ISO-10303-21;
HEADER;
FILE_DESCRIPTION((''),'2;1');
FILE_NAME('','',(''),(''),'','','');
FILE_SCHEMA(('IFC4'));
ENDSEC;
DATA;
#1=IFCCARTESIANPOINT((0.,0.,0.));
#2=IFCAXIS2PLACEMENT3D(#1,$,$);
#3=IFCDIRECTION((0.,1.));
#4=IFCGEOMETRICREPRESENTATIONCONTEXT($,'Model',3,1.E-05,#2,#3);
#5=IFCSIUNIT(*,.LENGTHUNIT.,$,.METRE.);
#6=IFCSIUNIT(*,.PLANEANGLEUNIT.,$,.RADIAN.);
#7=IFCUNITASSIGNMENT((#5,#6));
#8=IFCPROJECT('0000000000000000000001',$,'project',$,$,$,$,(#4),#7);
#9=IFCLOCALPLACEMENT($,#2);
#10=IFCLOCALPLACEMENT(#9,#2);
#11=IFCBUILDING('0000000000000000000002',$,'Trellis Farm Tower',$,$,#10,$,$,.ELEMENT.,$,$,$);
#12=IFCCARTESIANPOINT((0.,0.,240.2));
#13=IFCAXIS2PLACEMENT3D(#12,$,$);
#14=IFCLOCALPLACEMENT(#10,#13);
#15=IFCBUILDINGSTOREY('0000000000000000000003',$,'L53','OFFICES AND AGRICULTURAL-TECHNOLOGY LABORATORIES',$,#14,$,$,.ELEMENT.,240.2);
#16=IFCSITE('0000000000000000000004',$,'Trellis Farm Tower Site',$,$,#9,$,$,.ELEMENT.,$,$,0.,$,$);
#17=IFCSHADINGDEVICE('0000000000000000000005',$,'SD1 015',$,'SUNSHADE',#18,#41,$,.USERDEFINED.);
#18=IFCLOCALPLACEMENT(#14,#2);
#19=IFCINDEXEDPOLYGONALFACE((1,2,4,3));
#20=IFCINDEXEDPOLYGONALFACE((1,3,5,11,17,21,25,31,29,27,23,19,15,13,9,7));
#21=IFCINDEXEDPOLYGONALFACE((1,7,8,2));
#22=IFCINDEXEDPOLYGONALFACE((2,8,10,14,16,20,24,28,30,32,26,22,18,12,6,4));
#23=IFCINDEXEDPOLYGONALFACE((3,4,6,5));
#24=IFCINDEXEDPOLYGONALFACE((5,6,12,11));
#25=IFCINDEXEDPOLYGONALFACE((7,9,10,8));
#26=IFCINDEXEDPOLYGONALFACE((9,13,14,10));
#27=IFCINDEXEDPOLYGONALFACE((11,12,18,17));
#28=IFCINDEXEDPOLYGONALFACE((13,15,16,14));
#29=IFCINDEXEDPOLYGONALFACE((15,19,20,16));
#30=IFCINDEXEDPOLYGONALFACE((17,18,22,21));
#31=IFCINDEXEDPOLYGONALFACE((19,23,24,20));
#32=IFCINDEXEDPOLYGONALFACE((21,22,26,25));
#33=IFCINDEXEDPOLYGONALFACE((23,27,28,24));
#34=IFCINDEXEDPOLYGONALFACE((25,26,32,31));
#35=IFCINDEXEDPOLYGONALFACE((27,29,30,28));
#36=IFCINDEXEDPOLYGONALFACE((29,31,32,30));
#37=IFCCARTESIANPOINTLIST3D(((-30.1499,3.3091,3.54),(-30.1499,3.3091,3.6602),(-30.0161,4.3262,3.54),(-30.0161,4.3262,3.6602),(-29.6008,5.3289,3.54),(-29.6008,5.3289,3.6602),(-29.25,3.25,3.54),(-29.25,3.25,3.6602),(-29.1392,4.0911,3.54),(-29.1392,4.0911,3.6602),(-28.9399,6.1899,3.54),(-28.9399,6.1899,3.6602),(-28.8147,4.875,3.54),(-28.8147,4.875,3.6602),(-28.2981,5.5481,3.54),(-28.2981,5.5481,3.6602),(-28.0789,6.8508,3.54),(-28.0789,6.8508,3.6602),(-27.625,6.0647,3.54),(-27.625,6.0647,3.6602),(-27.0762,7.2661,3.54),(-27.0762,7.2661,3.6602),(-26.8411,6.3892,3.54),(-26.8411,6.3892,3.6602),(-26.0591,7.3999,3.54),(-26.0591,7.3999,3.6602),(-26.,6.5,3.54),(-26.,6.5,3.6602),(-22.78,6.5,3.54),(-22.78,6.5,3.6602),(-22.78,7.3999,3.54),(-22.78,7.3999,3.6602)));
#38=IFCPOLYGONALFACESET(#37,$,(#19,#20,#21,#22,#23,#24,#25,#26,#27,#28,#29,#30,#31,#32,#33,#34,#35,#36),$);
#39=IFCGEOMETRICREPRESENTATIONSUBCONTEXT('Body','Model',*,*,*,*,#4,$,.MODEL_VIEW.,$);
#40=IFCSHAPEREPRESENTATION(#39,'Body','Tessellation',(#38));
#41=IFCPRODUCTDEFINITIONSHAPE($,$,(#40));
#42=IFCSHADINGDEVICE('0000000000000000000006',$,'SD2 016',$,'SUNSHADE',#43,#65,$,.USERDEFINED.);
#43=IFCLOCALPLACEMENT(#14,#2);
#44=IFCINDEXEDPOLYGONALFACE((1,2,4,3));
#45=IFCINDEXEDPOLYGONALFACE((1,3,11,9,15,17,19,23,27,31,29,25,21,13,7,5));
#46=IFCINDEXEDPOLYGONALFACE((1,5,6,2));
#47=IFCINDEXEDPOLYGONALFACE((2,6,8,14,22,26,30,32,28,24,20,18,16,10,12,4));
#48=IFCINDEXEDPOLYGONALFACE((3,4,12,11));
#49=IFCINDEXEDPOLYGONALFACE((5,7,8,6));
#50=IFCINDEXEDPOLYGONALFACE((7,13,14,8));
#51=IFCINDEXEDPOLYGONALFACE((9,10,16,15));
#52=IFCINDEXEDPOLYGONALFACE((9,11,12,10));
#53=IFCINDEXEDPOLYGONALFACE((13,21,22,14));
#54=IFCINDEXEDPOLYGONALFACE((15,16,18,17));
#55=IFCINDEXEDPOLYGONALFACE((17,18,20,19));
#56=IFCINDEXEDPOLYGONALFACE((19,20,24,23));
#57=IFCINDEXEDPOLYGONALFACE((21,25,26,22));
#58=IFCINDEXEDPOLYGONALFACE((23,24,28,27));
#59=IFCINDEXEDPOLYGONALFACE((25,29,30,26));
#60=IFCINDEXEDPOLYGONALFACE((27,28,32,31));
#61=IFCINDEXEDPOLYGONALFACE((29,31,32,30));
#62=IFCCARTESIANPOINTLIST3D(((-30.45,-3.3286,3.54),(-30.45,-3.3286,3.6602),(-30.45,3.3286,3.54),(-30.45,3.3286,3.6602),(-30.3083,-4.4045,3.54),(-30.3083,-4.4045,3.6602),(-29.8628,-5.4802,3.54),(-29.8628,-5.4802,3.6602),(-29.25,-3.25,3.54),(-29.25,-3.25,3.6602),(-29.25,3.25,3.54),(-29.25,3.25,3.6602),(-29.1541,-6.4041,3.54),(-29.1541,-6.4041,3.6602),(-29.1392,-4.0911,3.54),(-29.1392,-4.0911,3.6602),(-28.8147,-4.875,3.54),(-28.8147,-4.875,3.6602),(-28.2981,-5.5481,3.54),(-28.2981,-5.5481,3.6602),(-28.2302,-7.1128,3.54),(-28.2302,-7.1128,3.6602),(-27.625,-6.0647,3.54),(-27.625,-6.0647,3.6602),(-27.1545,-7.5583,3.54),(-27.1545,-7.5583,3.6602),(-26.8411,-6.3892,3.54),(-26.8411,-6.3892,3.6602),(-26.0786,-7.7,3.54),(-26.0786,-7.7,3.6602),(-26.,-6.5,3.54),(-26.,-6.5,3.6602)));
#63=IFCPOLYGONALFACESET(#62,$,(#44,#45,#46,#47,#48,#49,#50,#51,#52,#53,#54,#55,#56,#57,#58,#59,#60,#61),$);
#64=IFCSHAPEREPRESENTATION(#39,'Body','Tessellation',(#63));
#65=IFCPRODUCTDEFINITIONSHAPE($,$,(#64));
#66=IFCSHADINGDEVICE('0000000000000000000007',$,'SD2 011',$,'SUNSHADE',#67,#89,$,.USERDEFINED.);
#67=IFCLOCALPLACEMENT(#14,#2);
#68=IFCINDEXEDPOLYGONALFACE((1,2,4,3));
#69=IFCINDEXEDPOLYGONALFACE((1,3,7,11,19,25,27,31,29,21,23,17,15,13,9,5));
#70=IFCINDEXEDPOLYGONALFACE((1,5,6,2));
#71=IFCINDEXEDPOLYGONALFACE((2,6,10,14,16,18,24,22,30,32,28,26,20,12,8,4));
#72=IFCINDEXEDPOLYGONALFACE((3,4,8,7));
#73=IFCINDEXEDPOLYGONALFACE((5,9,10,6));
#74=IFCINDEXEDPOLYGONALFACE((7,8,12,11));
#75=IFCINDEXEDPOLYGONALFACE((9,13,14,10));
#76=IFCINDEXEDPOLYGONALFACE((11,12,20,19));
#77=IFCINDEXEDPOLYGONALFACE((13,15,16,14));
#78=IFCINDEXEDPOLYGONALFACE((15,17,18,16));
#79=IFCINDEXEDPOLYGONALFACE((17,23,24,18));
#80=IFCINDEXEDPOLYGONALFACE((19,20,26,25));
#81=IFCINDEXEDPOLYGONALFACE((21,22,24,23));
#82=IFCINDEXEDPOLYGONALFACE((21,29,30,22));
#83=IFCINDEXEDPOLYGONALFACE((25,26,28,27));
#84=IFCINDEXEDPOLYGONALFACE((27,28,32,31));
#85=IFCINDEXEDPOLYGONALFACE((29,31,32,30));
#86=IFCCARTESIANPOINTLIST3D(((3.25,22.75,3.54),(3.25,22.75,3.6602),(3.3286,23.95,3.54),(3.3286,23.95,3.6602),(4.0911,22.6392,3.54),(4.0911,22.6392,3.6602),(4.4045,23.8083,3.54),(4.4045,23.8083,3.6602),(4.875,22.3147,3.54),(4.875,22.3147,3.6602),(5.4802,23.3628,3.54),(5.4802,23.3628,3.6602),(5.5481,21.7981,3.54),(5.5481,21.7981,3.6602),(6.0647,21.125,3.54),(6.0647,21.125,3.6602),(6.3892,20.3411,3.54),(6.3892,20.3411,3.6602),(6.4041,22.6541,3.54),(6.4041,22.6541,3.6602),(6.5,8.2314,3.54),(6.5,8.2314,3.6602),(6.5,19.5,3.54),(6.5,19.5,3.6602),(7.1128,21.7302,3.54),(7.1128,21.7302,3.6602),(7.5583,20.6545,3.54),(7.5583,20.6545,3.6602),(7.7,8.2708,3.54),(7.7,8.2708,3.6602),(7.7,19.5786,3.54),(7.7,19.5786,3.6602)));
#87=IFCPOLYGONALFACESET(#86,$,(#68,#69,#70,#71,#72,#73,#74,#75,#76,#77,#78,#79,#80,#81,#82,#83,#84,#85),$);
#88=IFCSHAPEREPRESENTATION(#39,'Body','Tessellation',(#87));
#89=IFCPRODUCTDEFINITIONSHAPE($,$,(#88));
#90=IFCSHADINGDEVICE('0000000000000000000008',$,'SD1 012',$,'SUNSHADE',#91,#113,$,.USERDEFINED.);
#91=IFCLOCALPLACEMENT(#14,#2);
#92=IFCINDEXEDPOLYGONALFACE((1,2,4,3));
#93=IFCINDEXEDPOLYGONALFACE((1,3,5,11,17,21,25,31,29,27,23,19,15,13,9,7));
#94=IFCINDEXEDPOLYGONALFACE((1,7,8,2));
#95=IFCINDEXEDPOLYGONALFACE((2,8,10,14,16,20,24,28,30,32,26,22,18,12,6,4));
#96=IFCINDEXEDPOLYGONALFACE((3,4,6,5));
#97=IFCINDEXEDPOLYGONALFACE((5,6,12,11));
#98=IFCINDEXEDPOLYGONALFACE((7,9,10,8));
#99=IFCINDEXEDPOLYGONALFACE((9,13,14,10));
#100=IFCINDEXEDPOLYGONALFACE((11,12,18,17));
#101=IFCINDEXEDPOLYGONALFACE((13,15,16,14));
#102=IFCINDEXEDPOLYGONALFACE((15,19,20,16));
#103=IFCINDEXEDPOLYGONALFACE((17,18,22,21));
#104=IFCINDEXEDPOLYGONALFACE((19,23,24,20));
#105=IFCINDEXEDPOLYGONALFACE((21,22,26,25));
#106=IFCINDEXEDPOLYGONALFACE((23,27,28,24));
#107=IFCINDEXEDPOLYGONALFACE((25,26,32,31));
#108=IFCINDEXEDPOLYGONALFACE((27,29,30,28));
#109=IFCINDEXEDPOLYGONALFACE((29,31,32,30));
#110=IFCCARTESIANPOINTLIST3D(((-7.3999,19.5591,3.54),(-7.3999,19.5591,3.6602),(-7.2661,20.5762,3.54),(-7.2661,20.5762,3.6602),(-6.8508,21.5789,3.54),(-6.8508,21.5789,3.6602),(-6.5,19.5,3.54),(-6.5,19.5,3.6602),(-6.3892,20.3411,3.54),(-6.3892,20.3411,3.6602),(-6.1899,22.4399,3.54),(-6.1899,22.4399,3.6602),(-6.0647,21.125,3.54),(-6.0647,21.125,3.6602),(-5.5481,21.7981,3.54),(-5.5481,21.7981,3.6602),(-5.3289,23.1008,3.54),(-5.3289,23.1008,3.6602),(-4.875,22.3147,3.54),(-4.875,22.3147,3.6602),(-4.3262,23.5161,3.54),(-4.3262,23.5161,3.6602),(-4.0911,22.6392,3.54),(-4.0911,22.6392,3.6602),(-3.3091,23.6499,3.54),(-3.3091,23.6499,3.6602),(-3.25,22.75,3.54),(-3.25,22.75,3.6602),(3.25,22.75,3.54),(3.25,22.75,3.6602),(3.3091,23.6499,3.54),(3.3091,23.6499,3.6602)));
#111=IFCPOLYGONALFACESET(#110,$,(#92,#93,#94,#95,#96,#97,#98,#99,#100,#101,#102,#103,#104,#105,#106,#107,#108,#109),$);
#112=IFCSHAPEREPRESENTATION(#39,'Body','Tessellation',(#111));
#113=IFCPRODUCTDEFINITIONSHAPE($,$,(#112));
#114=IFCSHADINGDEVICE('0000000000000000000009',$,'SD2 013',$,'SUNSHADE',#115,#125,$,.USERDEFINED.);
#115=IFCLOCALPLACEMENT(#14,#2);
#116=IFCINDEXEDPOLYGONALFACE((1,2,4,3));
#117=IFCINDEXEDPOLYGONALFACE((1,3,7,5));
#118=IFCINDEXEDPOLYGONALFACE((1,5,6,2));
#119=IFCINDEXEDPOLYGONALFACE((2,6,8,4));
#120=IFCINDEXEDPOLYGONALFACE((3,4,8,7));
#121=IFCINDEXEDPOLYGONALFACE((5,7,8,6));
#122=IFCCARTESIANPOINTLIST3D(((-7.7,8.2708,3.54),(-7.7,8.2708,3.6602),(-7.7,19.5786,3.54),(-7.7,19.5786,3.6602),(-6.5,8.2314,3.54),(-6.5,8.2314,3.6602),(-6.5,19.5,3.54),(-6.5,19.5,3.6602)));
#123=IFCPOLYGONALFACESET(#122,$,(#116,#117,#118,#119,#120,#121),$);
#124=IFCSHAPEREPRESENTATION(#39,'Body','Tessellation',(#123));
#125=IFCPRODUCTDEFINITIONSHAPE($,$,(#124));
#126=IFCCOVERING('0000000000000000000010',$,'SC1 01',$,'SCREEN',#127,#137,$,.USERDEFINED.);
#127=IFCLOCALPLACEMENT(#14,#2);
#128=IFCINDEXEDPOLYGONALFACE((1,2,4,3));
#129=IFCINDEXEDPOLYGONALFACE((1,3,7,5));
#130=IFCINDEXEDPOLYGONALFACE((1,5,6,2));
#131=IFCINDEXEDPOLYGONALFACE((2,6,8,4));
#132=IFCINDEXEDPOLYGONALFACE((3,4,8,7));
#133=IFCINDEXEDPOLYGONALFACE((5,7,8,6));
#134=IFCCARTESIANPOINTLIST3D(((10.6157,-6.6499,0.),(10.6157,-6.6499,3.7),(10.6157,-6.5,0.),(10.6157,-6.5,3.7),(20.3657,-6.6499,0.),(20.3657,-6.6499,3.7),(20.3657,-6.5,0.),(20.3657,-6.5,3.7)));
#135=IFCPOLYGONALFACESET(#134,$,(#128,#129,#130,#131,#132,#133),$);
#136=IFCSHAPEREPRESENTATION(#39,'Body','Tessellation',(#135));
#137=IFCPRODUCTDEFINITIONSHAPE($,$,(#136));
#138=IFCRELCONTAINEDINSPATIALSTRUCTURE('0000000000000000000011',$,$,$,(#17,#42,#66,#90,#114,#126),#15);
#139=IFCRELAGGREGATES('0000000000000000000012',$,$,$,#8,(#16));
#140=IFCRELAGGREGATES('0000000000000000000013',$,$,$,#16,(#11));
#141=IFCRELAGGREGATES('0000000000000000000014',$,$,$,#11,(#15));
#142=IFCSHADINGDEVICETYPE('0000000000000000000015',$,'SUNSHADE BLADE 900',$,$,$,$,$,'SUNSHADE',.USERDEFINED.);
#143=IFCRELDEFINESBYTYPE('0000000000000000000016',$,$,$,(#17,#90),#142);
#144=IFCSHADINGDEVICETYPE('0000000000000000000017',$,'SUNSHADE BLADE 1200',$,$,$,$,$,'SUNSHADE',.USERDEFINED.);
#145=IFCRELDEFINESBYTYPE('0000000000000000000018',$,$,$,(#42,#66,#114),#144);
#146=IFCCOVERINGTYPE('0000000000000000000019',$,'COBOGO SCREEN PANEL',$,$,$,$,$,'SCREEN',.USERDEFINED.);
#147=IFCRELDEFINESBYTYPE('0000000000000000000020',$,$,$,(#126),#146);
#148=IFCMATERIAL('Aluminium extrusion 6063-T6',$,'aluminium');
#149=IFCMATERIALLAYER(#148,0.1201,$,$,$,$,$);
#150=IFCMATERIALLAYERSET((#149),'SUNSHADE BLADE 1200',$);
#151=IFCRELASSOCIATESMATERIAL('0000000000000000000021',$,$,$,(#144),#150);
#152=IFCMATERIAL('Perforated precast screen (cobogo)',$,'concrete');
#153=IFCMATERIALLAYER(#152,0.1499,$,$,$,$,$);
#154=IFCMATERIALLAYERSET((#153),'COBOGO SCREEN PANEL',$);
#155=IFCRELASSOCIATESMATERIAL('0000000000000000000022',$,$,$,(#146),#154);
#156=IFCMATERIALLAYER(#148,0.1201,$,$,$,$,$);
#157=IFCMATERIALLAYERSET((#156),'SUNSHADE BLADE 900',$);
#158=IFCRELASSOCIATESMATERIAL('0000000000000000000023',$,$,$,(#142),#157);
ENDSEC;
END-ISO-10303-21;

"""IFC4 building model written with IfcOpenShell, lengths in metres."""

from ifc_helpers import new_model, si_unit, direction, frame, origin, place, context, subcontext, project, spatial, polyline, outline, extrude, source, transform, mapped, material, layer, layer_set, type_object, element, save


model = new_model("IFC4")

# Units and contexts
model_context = context("Model", 3, precision=1e-05, world=origin(), true_north=direction((0.0, 1.0)))
body_context = subcontext(model_context, "Body", "Model", "MODEL_VIEW")
ifc_project = project(units=[si_unit("LENGTHUNIT", "METRE"), si_unit("PLANEANGLEUNIT", "RADIAN")], contexts=[model_context])

# Site, building, storey
site_placement = place(None, origin())
site = spatial("IfcSite", under=ifc_project, at=site_placement, Name="Trellis Farm Tower Site", CompositionType="ELEMENT", RefElevation=0.0)
building_placement = place(site_placement, origin())
building = spatial("IfcBuilding", under=site, at=building_placement, Name="Trellis Farm Tower", CompositionType="ELEMENT")
storey_placement = place(building_placement, frame((0.0, 0.0, 240.2)))
storey = spatial("IfcBuildingStorey", under=building, at=storey_placement, Name="L53", Description="OFFICES AND AGRICULTURAL-TECHNOLOGY LABORATORIES", CompositionType="ELEMENT", Elevation=240.2)

# Shared definitions
placement_1 = place(storey_placement, origin())
ifc_material_1 = material(Name="Aluminium extrusion 6063-T6", Category="aluminium")

# Shared definitions
ifc_layer_1 = layer(ifc_material_1, 0.1201)
ifc_layer_set_1 = layer_set([ifc_layer_1], Name="SUNSHADE BLADE 1200")
shading_device_type_1 = type_object("IfcShadingDeviceType", Name="SUNSHADE BLADE 1200", ElementType="SUNSHADE", PredefinedType="USERDEFINED", material=ifc_layer_set_1)
placement_2 = place(storey_placement, frame((0.0, 0.0, 3.54)))

# Shared definitions
ifc_material_2 = material(Name="Perforated precast screen (cobogo)", Category="concrete")
ifc_layer_2 = layer(ifc_material_2, 0.1499)
ifc_layer_set_2 = layer_set([ifc_layer_2], Name="COBOGO SCREEN PANEL")
covering_type = type_object("IfcCoveringType", Name="COBOGO SCREEN PANEL", ElementType="SCREEN", PredefinedType="USERDEFINED", material=ifc_layer_set_2)

# Shading devices
ifc_layer_3 = layer(ifc_material_1, 0.1201)
ifc_layer_set_3 = layer_set([ifc_layer_3], Name="SUNSHADE BLADE 900")
shading_device_type_2 = type_object("IfcShadingDeviceType", Name="SUNSHADE BLADE 900", ElementType="SUNSHADE", PredefinedType="USERDEFINED", material=ifc_layer_set_3)
shared_shape_1 = source(origin(), body_context, "Body", "SweptSolid", [
    extrude(outline(polyline([(-22.78, 7.3999), (-26.0591, 7.3999), (-27.0762, 7.2661), (-28.0789, 6.8508), (-28.9399, 6.1899), (-29.6008, 5.3289), (-30.0161, 4.3262), (-30.1499, 3.3091), (-29.25, 3.25), (-29.1392, 4.0911), (-28.8147, 4.875), (-28.2981, 5.5481), (-27.625, 6.0647), (-26.8411, 6.3892), (-26.0, 6.5), (-22.78, 6.5), (-22.78, 7.3999)])), origin(), (0.0, 0.0, 1.0), 0.1201),
])
element("IfcShadingDevice", 1, at=placement_2, inside=storey, type_object=shading_device_type_2, Name="SD1 015", ObjectType="SUNSHADE", PredefinedType="USERDEFINED", context=body_context, shape_type="MappedRepresentation", body=[
    mapped(shared_shape_1, transform((0.0, 0.0, 0.0))),
])
shared_shape_2 = source(origin(), body_context, "Body", "SweptSolid", [
    extrude(outline(polyline([(-30.45, 3.3286), (-30.45, -3.3286), (-30.3083, -4.4045), (-29.8628, -5.4802), (-29.1541, -6.4041), (-28.2302, -7.1128), (-27.1545, -7.5583), (-26.0786, -7.7), (-26.0, -6.5), (-26.8411, -6.3892), (-27.625, -6.0647), (-28.2981, -5.5481), (-28.8147, -4.875), (-29.1392, -4.0911), (-29.25, -3.25), (-29.25, 3.25), (-30.45, 3.3286)])), origin(), (0.0, 0.0, 1.0), 0.1201),
])
element("IfcShadingDevice", 2, at=placement_2, inside=storey, type_object=shading_device_type_1, Name="SD2 016", ObjectType="SUNSHADE", PredefinedType="USERDEFINED", context=body_context, shape_type="MappedRepresentation", body=[
    mapped(shared_shape_2, transform((0.0, 0.0, 0.0))),
])
shared_shape_3 = source(origin(), body_context, "Body", "SweptSolid", [
    extrude(outline(polyline([(7.7, 8.2708), (7.7, 19.5786), (7.5583, 20.6545), (7.1128, 21.7302), (6.4041, 22.6541), (5.4802, 23.3628), (4.4045, 23.8083), (3.3286, 23.95), (3.25, 22.75), (4.0911, 22.6392), (4.875, 22.3147), (5.5481, 21.7981), (6.0647, 21.125), (6.3892, 20.3411), (6.5, 19.5), (6.5, 8.2314), (7.7, 8.2708)])), origin(), (0.0, 0.0, 1.0), 0.1201),
])
element("IfcShadingDevice", 3, at=placement_2, inside=storey, type_object=shading_device_type_1, Name="SD2 011", ObjectType="SUNSHADE", PredefinedType="USERDEFINED", context=body_context, shape_type="MappedRepresentation", body=[
    mapped(shared_shape_3, transform((0.0, 0.0, 0.0))),
])
shared_shape_4 = source(origin(), body_context, "Body", "SweptSolid", [
    extrude(outline(polyline([(3.3091, 23.6499), (-3.3091, 23.6499), (-4.3262, 23.5161), (-5.3289, 23.1008), (-6.1899, 22.4399), (-6.8508, 21.5789), (-7.2661, 20.5762), (-7.3999, 19.5591), (-6.5, 19.5), (-6.3892, 20.3411), (-6.0647, 21.125), (-5.5481, 21.7981), (-4.875, 22.3147), (-4.0911, 22.6392), (-3.25, 22.75), (3.25, 22.75), (3.3091, 23.6499)])), origin(), (0.0, 0.0, 1.0), 0.1201),
])
element("IfcShadingDevice", 4, at=placement_2, inside=storey, type_object=shading_device_type_2, Name="SD1 012", ObjectType="SUNSHADE", PredefinedType="USERDEFINED", context=body_context, shape_type="MappedRepresentation", body=[
    mapped(shared_shape_4, transform((0.0, 0.0, 0.0))),
])
shared_shape_5 = source(origin(), body_context, "Body", "SweptSolid", [
    extrude(outline(polyline([(-7.7, 19.5786), (-7.7, 8.2708), (-6.5, 8.2314), (-6.5, 19.5), (-7.7, 19.5786)])), origin(), (0.0, 0.0, 1.0), 0.1201),
])
element("IfcShadingDevice", 5, at=placement_2, inside=storey, type_object=shading_device_type_1, Name="SD2 013", ObjectType="SUNSHADE", PredefinedType="USERDEFINED", context=body_context, shape_type="MappedRepresentation", body=[
    mapped(shared_shape_5, transform((0.0, 0.0, 0.0))),
])

# Covering
shared_shape_6 = source(origin(), body_context, "Body", "SweptSolid", [
    extrude(outline(polyline([(10.6157, -6.6499), (20.3657, -6.6499), (20.3657, -6.5), (10.6157, -6.5), (10.6157, -6.6499)])), origin(), (0.0, 0.0, 1.0), 3.7),
])
element("IfcCovering", 6, at=placement_1, inside=storey, type_object=covering_type, Name="SC1 01", ObjectType="SCREEN", PredefinedType="USERDEFINED", context=body_context, shape_type="MappedRepresentation", body=[
    mapped(shared_shape_6, transform((0.0, 0.0, 0.0))),
])

save(model, "model.ifc")
